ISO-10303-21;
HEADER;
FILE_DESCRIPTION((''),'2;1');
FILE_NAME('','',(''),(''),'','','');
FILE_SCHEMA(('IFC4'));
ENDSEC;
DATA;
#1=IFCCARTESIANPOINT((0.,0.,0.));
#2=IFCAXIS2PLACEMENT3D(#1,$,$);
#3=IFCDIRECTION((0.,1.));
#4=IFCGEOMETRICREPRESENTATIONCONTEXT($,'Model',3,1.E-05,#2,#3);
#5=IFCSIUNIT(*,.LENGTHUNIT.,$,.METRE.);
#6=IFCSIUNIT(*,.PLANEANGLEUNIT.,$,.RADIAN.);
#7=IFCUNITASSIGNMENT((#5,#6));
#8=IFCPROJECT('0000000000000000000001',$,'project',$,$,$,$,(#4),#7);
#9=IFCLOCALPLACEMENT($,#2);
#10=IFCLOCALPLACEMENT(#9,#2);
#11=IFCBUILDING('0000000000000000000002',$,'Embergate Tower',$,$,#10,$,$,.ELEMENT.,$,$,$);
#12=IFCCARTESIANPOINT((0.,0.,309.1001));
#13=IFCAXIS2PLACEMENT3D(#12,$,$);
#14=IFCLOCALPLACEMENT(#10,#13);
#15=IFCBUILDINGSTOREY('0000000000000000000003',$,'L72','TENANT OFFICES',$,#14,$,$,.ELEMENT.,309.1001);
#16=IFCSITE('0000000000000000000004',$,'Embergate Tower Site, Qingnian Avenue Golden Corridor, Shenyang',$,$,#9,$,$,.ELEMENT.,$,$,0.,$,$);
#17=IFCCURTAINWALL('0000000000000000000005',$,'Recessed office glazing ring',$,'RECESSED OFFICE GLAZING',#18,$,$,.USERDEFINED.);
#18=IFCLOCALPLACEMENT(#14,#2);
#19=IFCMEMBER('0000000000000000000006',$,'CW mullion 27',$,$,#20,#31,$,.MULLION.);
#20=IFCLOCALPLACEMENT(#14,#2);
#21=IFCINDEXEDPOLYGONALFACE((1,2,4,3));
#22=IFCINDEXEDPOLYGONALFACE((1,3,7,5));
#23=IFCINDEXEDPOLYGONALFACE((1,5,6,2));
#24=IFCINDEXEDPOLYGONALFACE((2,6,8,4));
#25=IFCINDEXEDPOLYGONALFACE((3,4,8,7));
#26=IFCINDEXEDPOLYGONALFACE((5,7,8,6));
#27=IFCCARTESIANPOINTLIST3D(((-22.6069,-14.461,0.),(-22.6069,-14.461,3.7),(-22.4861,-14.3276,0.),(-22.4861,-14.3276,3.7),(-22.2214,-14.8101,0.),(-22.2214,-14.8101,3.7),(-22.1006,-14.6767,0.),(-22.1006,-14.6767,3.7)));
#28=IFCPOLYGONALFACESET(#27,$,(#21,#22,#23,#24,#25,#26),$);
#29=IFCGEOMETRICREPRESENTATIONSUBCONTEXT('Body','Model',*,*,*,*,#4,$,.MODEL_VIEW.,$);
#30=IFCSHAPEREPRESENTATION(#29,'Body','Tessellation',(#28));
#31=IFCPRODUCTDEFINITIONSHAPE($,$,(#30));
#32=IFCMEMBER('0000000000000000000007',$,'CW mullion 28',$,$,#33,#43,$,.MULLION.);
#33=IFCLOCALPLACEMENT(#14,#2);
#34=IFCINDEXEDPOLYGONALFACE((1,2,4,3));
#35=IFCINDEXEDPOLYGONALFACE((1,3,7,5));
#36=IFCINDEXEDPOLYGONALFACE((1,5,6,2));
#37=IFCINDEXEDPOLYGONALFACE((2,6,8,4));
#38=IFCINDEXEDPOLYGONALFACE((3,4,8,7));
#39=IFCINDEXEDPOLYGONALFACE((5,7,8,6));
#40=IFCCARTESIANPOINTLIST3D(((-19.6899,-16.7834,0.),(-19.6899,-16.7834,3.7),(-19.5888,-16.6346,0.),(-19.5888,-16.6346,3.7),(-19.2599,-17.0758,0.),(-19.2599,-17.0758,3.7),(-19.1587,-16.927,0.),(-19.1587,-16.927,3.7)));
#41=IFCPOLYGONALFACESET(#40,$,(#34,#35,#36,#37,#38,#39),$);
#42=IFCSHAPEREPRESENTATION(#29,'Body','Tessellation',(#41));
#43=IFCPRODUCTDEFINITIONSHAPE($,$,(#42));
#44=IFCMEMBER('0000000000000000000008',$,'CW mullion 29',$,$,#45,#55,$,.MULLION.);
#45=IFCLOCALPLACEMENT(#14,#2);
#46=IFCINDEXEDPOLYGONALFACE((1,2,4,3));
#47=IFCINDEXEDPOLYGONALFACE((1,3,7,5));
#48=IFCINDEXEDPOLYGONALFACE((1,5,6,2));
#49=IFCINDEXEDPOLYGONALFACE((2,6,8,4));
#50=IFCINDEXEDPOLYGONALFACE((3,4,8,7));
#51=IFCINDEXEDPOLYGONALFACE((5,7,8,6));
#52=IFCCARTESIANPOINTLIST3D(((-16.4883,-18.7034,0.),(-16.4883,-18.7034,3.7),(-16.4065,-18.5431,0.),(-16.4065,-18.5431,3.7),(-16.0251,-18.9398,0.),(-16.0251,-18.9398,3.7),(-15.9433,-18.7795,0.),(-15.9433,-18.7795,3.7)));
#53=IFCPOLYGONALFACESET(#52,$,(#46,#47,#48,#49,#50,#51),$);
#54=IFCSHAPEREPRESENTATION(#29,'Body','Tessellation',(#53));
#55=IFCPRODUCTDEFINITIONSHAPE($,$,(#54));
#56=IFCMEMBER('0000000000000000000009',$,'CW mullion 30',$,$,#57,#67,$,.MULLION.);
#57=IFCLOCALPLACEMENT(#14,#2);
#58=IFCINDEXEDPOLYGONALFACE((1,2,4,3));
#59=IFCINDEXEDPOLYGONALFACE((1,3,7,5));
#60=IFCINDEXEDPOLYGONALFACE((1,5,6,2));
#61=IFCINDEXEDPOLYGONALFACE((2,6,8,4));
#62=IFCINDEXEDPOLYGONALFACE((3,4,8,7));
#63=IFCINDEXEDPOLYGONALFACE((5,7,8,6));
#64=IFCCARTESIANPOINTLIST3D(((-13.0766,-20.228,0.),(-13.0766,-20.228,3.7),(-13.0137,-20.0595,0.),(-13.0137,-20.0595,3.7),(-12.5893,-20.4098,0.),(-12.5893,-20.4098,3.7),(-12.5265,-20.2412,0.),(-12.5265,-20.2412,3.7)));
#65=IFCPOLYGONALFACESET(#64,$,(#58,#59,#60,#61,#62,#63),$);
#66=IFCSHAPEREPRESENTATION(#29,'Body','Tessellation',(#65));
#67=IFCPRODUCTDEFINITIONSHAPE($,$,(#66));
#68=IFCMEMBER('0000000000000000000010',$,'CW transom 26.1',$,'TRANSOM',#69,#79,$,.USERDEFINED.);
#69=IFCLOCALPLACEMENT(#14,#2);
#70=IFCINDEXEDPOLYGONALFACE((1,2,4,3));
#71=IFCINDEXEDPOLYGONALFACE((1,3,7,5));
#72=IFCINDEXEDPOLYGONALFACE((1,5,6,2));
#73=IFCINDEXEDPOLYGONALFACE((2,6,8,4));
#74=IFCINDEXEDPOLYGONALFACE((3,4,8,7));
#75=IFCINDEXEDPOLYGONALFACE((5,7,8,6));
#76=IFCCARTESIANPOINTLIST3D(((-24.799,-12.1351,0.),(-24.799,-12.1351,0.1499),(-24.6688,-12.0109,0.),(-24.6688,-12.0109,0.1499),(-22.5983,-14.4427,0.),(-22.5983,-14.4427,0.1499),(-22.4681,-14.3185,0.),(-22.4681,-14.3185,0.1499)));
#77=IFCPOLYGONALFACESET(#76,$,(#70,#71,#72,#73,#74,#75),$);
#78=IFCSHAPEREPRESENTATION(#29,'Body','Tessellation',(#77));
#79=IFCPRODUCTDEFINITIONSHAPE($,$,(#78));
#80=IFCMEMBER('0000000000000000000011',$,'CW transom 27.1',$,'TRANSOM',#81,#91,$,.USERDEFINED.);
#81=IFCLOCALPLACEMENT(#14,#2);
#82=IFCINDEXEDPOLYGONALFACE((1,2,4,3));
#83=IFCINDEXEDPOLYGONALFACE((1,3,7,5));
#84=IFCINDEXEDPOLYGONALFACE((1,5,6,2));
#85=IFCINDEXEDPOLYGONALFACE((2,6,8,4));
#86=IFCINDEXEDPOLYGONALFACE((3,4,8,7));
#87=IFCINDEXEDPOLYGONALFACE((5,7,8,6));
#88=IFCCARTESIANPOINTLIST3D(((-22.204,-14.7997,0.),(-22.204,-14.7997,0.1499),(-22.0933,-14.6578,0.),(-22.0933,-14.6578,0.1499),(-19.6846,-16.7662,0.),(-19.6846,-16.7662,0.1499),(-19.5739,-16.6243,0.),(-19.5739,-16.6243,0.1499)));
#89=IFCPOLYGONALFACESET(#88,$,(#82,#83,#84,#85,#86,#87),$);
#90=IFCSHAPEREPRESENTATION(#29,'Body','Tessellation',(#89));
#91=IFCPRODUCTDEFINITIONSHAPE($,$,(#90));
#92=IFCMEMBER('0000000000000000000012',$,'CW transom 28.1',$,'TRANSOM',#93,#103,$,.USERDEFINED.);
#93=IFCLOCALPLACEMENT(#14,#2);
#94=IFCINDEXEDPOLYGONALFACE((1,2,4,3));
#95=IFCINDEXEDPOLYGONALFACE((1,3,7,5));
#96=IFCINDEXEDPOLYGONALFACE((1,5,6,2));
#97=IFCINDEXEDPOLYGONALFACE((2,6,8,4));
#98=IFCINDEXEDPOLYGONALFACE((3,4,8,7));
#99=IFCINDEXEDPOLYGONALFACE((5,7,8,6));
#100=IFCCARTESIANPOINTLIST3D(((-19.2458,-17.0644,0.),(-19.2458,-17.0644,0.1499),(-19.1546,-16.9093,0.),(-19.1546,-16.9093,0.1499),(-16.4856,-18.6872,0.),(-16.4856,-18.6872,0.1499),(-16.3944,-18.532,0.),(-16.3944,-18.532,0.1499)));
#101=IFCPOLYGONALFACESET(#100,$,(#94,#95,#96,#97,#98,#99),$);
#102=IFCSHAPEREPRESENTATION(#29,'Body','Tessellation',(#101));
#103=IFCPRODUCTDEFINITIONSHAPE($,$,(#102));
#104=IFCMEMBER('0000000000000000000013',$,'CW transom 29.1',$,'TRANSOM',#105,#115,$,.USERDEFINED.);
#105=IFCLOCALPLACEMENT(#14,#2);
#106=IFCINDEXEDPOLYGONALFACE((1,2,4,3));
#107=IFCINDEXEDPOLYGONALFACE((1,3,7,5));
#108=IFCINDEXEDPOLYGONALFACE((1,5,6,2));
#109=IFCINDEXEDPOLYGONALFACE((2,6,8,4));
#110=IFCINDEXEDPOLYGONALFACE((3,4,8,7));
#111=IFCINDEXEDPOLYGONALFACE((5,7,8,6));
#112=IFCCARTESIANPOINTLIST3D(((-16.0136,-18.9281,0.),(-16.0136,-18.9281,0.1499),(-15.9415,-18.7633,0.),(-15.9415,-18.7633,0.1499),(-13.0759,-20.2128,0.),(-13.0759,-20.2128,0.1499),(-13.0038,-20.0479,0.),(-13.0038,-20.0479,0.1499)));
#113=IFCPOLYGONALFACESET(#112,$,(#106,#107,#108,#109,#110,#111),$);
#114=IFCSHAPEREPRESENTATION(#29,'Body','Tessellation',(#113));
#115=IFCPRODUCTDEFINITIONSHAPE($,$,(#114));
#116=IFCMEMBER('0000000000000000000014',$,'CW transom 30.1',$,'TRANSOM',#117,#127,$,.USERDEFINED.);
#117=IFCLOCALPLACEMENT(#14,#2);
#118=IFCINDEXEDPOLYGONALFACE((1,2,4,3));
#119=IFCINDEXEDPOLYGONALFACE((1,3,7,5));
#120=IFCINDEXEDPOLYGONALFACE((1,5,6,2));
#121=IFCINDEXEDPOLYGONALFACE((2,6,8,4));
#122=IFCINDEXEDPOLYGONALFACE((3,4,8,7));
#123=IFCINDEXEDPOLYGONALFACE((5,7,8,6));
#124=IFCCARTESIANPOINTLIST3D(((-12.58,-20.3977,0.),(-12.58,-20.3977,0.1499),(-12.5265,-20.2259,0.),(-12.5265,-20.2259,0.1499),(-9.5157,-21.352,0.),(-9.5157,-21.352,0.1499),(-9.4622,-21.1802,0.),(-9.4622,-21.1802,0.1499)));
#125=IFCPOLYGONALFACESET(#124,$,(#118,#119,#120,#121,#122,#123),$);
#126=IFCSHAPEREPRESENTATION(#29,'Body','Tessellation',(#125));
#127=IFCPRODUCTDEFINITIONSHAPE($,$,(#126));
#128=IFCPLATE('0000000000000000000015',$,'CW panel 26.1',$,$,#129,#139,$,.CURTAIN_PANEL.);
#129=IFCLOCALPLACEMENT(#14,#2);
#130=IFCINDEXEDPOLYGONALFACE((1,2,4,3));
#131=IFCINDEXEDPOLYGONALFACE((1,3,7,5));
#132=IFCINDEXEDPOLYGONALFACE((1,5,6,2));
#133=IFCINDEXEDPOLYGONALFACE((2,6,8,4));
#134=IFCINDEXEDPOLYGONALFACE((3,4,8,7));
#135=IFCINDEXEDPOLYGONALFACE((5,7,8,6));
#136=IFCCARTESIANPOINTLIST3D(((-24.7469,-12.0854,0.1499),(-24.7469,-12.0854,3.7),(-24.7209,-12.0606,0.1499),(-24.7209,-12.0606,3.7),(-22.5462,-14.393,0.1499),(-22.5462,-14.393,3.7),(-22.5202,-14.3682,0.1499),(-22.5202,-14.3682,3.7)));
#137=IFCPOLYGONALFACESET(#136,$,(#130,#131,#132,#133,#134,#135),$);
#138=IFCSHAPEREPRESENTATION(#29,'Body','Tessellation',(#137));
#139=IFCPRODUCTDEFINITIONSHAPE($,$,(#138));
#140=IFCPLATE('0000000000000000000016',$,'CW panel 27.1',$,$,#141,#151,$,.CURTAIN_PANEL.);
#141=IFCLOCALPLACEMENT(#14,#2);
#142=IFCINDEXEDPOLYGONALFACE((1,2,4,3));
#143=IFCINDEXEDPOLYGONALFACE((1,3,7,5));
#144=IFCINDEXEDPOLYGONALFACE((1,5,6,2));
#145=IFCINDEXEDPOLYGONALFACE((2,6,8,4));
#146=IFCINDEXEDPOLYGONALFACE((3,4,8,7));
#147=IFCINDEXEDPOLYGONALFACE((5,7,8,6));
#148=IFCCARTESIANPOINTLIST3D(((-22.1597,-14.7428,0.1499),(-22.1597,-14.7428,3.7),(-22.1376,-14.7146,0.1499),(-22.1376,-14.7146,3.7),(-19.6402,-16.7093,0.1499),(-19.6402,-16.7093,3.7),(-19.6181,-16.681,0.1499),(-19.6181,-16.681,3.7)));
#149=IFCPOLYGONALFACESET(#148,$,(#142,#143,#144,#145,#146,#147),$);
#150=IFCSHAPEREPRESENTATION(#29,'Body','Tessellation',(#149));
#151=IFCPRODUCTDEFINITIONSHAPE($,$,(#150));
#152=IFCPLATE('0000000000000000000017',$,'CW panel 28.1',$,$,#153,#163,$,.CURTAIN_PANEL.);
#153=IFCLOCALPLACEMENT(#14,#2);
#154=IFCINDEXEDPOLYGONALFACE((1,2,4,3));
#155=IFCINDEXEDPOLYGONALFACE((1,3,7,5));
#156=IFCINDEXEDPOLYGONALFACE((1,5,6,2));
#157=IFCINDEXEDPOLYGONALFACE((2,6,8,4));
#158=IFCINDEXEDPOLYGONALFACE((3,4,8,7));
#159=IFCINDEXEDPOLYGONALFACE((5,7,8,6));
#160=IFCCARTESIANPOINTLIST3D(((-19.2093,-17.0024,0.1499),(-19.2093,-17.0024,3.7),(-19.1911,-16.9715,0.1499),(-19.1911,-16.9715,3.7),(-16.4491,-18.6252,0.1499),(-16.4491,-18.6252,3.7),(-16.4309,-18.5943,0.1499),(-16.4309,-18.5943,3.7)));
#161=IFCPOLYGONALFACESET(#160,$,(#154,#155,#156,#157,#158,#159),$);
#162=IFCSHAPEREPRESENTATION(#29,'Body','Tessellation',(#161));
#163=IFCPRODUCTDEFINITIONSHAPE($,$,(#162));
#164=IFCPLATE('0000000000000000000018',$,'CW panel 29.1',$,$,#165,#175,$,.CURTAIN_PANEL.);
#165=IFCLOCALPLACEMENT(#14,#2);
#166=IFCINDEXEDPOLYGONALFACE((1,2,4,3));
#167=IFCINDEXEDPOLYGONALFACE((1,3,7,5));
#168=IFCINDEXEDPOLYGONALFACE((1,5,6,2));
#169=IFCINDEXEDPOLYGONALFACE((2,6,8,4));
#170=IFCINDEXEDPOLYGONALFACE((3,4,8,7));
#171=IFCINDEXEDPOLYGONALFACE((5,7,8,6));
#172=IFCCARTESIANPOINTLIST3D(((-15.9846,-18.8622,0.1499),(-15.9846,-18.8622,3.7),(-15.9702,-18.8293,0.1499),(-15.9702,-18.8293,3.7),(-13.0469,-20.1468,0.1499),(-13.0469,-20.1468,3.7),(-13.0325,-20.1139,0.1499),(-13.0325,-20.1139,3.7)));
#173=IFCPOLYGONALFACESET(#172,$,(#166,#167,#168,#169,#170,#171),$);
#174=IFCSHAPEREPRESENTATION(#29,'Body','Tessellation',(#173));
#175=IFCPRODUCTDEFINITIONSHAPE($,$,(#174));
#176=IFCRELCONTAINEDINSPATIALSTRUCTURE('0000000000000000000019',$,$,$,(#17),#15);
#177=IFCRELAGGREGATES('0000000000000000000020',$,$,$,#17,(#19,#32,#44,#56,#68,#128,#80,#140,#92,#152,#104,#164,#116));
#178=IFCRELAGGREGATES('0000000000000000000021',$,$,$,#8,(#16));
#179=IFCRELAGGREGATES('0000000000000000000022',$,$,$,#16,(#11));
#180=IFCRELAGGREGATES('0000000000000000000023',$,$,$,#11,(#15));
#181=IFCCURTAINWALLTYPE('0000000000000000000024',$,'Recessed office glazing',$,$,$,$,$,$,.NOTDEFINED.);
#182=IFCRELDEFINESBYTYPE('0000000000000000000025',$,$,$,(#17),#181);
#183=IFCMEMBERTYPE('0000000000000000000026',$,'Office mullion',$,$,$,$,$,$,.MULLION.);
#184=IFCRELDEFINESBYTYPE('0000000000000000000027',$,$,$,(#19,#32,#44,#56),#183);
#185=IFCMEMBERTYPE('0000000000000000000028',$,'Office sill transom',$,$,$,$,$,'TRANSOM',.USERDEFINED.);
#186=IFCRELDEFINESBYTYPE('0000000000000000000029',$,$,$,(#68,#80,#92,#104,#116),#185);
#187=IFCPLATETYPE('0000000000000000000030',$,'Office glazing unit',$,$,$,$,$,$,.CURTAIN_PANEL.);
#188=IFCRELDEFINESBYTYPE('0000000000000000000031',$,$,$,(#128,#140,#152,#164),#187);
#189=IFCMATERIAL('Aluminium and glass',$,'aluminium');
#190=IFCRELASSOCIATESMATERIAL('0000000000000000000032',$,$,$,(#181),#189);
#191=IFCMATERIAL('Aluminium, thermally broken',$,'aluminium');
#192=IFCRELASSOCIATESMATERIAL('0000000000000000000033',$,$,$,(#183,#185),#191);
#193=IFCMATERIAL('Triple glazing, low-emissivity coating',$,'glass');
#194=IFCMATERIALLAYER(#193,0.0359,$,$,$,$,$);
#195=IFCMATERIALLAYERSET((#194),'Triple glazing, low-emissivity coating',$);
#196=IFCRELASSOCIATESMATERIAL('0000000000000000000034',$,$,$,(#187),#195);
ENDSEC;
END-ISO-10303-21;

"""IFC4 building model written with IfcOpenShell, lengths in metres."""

from ifc_helpers import new_model, si_unit, direction, frame, origin, origin_2d, place, context, subcontext, project, spatial, rectangle, extrude, source, transform, mapped, material, layer, layer_set, material_profile, profile_set, type_object, element, aggregate, save


model = new_model("IFC4")

# Units and contexts
model_context = context("Model", 3, precision=1e-05, world=origin(), true_north=direction((0.0, 1.0)))
body_context = subcontext(model_context, "Body", "Model", "MODEL_VIEW")
ifc_project = project(units=[si_unit("LENGTHUNIT", "METRE"), si_unit("PLANEANGLEUNIT", "RADIAN")], contexts=[model_context])

# Site, building, storey
site_placement = place(None, origin())
site = spatial("IfcSite", under=ifc_project, at=site_placement, Name="Embergate Tower Site, Qingnian Avenue Golden Corridor, Shenyang", CompositionType="ELEMENT", RefElevation=0.0)
building_placement = place(site_placement, origin())
building = spatial("IfcBuilding", under=site, at=building_placement, Name="Embergate Tower", CompositionType="ELEMENT")
storey_placement = place(building_placement, frame((0.0, 0.0, 309.1001)))
storey = spatial("IfcBuildingStorey", under=building, at=storey_placement, Name="L72", Description="TENANT OFFICES", CompositionType="ELEMENT", Elevation=309.1001)

# Curtain wall, members, plates
ifc_material_1 = material(Name="Aluminium and glass", Category="aluminium")
curtain_wall_type = type_object("IfcCurtainWallType", Name="Recessed office glazing", PredefinedType="NOTDEFINED", material=ifc_material_1)
curtain_wall_placement = place(storey_placement, origin())
curtain_wall = element("IfcCurtainWall", 1, at=curtain_wall_placement, inside=storey, type_object=curtain_wall_type, Name="Recessed office glazing ring", ObjectType="RECESSED OFFICE GLAZING", PredefinedType="USERDEFINED")
ifc_material_2 = material(Name="Aluminium, thermally broken", Category="aluminium")
ifc_material_profile_1 = material_profile(ifc_material_2, rectangle(XDim=0.1799, YDim=0.52, at=origin_2d()), Name="AL 520x180")
ifc_profile_set_1 = profile_set([ifc_material_profile_1], Name="Aluminium, thermally broken")
member_type_1 = type_object("IfcMemberType", Name="Office mullion", PredefinedType="MULLION", material=ifc_profile_set_1)
shared_shape_1 = source(origin(), body_context, "Body", "SweptSolid", [
    extrude(rectangle(XDim=0.1799, YDim=0.52, at=origin_2d()), origin(), (0.0, 0.0, 1.0), 3.7),
])
member_1_placement = place(storey_placement, frame((-22.3538, -14.5688, 0.0), z_axis=(0.0, 0.0, 1.0), x_axis=(0.67122, 0.741258, 0.0)))
member_1 = element("IfcMember", 2, at=member_1_placement, type_object=member_type_1, Name="CW mullion 27", PredefinedType="MULLION", context=body_context, shape_type="MappedRepresentation", body=[
    mapped(shared_shape_1, transform((0.0, 0.0, 0.0))),
])
member_2_placement = place(storey_placement, frame((-19.4243, -16.8552, 0.0), z_axis=(0.0, 0.0, 1.0), x_axis=(0.562213, 0.826992, 0.0)))
member_2 = element("IfcMember", 3, at=member_2_placement, type_object=member_type_1, Name="CW mullion 28", PredefinedType="MULLION", context=body_context, shape_type="MappedRepresentation", body=[
    mapped(shared_shape_1, transform((0.0, 0.0, 0.0))),
])
member_3_placement = place(storey_placement, frame((-16.2158, -18.7415, 0.0), z_axis=(0.0, 0.0, 1.0), x_axis=(0.454508, 0.890743, 0.0)))
member_3 = element("IfcMember", 4, at=member_3_placement, type_object=member_type_1, Name="CW mullion 29", PredefinedType="MULLION", context=body_context, shape_type="MappedRepresentation", body=[
    mapped(shared_shape_1, transform((0.0, 0.0, 0.0))),
])
member_4_placement = place(storey_placement, frame((-12.8015, -20.2346, 0.0), z_axis=(0.0, 0.0, 1.0), x_axis=(0.349501, 0.936936, 0.0)))
member_4 = element("IfcMember", 5, at=member_4_placement, type_object=member_type_1, Name="CW mullion 30", PredefinedType="MULLION", context=body_context, shape_type="MappedRepresentation", body=[
    mapped(shared_shape_1, transform((0.0, 0.0, 0.0))),
])
ifc_material_profile_2 = material_profile(ifc_material_2, rectangle(XDim=0.1799, YDim=0.1499, at=origin_2d()), Name="AL 150x180")
ifc_profile_set_2 = profile_set([ifc_material_profile_2], Name="Aluminium, thermally broken")
member_type_2 = type_object("IfcMemberType", Name="Office sill transom", ElementType="TRANSOM", PredefinedType="USERDEFINED", material=ifc_profile_set_2)
shared_shape_2 = source(origin(), body_context, "Body", "SweptSolid", [
    extrude(rectangle(XDim=0.1799, YDim=0.1499, at=origin_2d()), origin(), (0.0, 0.0, 1.0), 3.1887),
])
member_5_placement = place(storey_placement, frame((-24.7339, -12.073, 0.075), z_axis=(0.690141, -0.723675, 0.0), x_axis=(0.723675, 0.690141, 0.0)))
member_5 = element("IfcMember", 6, at=member_5_placement, type_object=member_type_2, Name="CW transom 26.1", ObjectType="TRANSOM", PredefinedType="USERDEFINED", context=body_context, shape_type="MappedRepresentation", body=[
    mapped(shared_shape_2, transform((0.0, 0.0, 0.0))),
])
shared_shape_3 = source(origin(), body_context, "Body", "SweptSolid", [
    extrude(rectangle(XDim=0.1799, YDim=0.1499, at=origin_2d()), origin(), (0.0, 0.0, 1.0), 3.196),
])
member_6_placement = place(storey_placement, frame((-22.1487, -14.7288, 0.075), z_axis=(0.788302, -0.615288, 0.0), x_axis=(0.615288, 0.788302, 0.0)))
member_6 = element("IfcMember", 7, at=member_6_placement, type_object=member_type_2, Name="CW transom 27.1", ObjectType="TRANSOM", PredefinedType="USERDEFINED", context=body_context, shape_type="MappedRepresentation", body=[
    mapped(shared_shape_3, transform((0.0, 0.0, 0.0))),
])
shared_shape_4 = source(origin(), body_context, "Body", "SweptSolid", [
    extrude(rectangle(XDim=0.1799, YDim=0.1499, at=origin_2d()), origin(), (0.0, 0.0, 1.0), 3.2019),
])
member_7_placement = place(storey_placement, frame((-19.2002, -16.9868, 0.075), z_axis=(0.862054, -0.506817, 0.0), x_axis=(0.506817, 0.862054, 0.0)))
member_7 = element("IfcMember", 8, at=member_7_placement, type_object=member_type_2, Name="CW transom 28.1", ObjectType="TRANSOM", PredefinedType="USERDEFINED", context=body_context, shape_type="MappedRepresentation", body=[
    mapped(shared_shape_4, transform((0.0, 0.0, 0.0))),
])
shared_shape_5 = source(origin(), body_context, "Body", "SweptSolid", [
    extrude(rectangle(XDim=0.1799, YDim=0.1499, at=origin_2d()), origin(), (0.0, 0.0, 1.0), 3.2063),
])
member_8_placement = place(storey_placement, frame((-15.9775, -18.8457, 0.075), z_axis=(0.916225, -0.400663, 0.0), x_axis=(0.400663, 0.916225, 0.0)))
member_8 = element("IfcMember", 9, at=member_8_placement, type_object=member_type_2, Name="CW transom 29.1", ObjectType="TRANSOM", PredefinedType="USERDEFINED", context=body_context, shape_type="MappedRepresentation", body=[
    mapped(shared_shape_5, transform((0.0, 0.0, 0.0))),
])
shared_shape_6 = source(origin(), body_context, "Body", "SweptSolid", [
    extrude(rectangle(XDim=0.1799, YDim=0.1499, at=origin_2d()), origin(), (0.0, 0.0, 1.0), 3.2095),
])
member_9_placement = place(storey_placement, frame((-12.5532, -20.3118, 0.075), z_axis=(0.954765, -0.297361, 0.0), x_axis=(0.297361, 0.954765, 0.0)))
member_9 = element("IfcMember", 10, at=member_9_placement, type_object=member_type_2, Name="CW transom 30.1", ObjectType="TRANSOM", PredefinedType="USERDEFINED", context=body_context, shape_type="MappedRepresentation", body=[
    mapped(shared_shape_6, transform((0.0, 0.0, 0.0))),
])
ifc_material_3 = material(Name="Triple glazing, low-emissivity coating", Category="glass")
ifc_layer_1 = layer(ifc_material_3, 0.0359)
ifc_layer_set_1 = layer_set([ifc_layer_1], Name="Triple glazing, low-emissivity coating")
plate_type = type_object("IfcPlateType", Name="Office glazing unit", PredefinedType="CURTAIN_PANEL", material=ifc_layer_set_1)
shared_shape_7 = source(origin(), body_context, "Body", "SweptSolid", [
    extrude(rectangle(XDim=3.1887, YDim=0.0359, at=origin_2d()), origin(), (0.0, 0.0, 1.0), 3.55),
])
plate_1_placement = place(storey_placement, frame((-23.6335, -13.2268, 0.1499), z_axis=(0.0, 0.0, 1.0), x_axis=(0.690133, -0.723683, 0.0)))
plate_1 = element("IfcPlate", 11, at=plate_1_placement, type_object=plate_type, Name="CW panel 26.1", PredefinedType="CURTAIN_PANEL", context=body_context, shape_type="MappedRepresentation", body=[
    mapped(shared_shape_7, transform((0.0, 0.0, 0.0))),
])
shared_shape_8 = source(origin(), body_context, "Body", "SweptSolid", [
    extrude(rectangle(XDim=3.196, YDim=0.0359, at=origin_2d()), origin(), (0.0, 0.0, 1.0), 3.55),
])
plate_2_placement = place(storey_placement, frame((-20.8889, -15.7119, 0.1499), z_axis=(0.0, 0.0, 1.0), x_axis=(0.788318, -0.615268, 0.0)))
plate_2 = element("IfcPlate", 12, at=plate_2_placement, type_object=plate_type, Name="CW panel 27.1", PredefinedType="CURTAIN_PANEL", context=body_context, shape_type="MappedRepresentation", body=[
    mapped(shared_shape_8, transform((0.0, 0.0, 0.0))),
])
shared_shape_9 = source(origin(), body_context, "Body", "SweptSolid", [
    extrude(rectangle(XDim=3.2019, YDim=0.0359, at=origin_2d()), origin(), (0.0, 0.0, 1.0), 3.55),
])
plate_3_placement = place(storey_placement, frame((-17.8201, -17.7983, 0.1499), z_axis=(0.0, 0.0, 1.0), x_axis=(0.862051, -0.506822, 0.0)))
plate_3 = element("IfcPlate", 13, at=plate_3_placement, type_object=plate_type, Name="CW panel 28.1", PredefinedType="CURTAIN_PANEL", context=body_context, shape_type="MappedRepresentation", body=[
    mapped(shared_shape_9, transform((0.0, 0.0, 0.0))),
])
shared_shape_10 = source(origin(), body_context, "Body", "SweptSolid", [
    extrude(rectangle(XDim=3.2063, YDim=0.0359, at=origin_2d()), origin(), (0.0, 0.0, 1.0), 3.55),
])
plate_4_placement = place(storey_placement, frame((-14.5085, -19.488, 0.1499), z_axis=(0.0, 0.0, 1.0), x_axis=(0.916234, -0.400643, 0.0)))
plate_4 = element("IfcPlate", 14, at=plate_4_placement, type_object=plate_type, Name="CW panel 29.1", PredefinedType="CURTAIN_PANEL", context=body_context, shape_type="MappedRepresentation", body=[
    mapped(shared_shape_10, transform((0.0, 0.0, 0.0))),
])
aggregate(curtain_wall, [member_1, member_2, member_3, member_4, member_5, plate_1, member_6, plate_2, member_7, plate_3, member_8, plate_4, member_9])

save(model, "model.ifc")
